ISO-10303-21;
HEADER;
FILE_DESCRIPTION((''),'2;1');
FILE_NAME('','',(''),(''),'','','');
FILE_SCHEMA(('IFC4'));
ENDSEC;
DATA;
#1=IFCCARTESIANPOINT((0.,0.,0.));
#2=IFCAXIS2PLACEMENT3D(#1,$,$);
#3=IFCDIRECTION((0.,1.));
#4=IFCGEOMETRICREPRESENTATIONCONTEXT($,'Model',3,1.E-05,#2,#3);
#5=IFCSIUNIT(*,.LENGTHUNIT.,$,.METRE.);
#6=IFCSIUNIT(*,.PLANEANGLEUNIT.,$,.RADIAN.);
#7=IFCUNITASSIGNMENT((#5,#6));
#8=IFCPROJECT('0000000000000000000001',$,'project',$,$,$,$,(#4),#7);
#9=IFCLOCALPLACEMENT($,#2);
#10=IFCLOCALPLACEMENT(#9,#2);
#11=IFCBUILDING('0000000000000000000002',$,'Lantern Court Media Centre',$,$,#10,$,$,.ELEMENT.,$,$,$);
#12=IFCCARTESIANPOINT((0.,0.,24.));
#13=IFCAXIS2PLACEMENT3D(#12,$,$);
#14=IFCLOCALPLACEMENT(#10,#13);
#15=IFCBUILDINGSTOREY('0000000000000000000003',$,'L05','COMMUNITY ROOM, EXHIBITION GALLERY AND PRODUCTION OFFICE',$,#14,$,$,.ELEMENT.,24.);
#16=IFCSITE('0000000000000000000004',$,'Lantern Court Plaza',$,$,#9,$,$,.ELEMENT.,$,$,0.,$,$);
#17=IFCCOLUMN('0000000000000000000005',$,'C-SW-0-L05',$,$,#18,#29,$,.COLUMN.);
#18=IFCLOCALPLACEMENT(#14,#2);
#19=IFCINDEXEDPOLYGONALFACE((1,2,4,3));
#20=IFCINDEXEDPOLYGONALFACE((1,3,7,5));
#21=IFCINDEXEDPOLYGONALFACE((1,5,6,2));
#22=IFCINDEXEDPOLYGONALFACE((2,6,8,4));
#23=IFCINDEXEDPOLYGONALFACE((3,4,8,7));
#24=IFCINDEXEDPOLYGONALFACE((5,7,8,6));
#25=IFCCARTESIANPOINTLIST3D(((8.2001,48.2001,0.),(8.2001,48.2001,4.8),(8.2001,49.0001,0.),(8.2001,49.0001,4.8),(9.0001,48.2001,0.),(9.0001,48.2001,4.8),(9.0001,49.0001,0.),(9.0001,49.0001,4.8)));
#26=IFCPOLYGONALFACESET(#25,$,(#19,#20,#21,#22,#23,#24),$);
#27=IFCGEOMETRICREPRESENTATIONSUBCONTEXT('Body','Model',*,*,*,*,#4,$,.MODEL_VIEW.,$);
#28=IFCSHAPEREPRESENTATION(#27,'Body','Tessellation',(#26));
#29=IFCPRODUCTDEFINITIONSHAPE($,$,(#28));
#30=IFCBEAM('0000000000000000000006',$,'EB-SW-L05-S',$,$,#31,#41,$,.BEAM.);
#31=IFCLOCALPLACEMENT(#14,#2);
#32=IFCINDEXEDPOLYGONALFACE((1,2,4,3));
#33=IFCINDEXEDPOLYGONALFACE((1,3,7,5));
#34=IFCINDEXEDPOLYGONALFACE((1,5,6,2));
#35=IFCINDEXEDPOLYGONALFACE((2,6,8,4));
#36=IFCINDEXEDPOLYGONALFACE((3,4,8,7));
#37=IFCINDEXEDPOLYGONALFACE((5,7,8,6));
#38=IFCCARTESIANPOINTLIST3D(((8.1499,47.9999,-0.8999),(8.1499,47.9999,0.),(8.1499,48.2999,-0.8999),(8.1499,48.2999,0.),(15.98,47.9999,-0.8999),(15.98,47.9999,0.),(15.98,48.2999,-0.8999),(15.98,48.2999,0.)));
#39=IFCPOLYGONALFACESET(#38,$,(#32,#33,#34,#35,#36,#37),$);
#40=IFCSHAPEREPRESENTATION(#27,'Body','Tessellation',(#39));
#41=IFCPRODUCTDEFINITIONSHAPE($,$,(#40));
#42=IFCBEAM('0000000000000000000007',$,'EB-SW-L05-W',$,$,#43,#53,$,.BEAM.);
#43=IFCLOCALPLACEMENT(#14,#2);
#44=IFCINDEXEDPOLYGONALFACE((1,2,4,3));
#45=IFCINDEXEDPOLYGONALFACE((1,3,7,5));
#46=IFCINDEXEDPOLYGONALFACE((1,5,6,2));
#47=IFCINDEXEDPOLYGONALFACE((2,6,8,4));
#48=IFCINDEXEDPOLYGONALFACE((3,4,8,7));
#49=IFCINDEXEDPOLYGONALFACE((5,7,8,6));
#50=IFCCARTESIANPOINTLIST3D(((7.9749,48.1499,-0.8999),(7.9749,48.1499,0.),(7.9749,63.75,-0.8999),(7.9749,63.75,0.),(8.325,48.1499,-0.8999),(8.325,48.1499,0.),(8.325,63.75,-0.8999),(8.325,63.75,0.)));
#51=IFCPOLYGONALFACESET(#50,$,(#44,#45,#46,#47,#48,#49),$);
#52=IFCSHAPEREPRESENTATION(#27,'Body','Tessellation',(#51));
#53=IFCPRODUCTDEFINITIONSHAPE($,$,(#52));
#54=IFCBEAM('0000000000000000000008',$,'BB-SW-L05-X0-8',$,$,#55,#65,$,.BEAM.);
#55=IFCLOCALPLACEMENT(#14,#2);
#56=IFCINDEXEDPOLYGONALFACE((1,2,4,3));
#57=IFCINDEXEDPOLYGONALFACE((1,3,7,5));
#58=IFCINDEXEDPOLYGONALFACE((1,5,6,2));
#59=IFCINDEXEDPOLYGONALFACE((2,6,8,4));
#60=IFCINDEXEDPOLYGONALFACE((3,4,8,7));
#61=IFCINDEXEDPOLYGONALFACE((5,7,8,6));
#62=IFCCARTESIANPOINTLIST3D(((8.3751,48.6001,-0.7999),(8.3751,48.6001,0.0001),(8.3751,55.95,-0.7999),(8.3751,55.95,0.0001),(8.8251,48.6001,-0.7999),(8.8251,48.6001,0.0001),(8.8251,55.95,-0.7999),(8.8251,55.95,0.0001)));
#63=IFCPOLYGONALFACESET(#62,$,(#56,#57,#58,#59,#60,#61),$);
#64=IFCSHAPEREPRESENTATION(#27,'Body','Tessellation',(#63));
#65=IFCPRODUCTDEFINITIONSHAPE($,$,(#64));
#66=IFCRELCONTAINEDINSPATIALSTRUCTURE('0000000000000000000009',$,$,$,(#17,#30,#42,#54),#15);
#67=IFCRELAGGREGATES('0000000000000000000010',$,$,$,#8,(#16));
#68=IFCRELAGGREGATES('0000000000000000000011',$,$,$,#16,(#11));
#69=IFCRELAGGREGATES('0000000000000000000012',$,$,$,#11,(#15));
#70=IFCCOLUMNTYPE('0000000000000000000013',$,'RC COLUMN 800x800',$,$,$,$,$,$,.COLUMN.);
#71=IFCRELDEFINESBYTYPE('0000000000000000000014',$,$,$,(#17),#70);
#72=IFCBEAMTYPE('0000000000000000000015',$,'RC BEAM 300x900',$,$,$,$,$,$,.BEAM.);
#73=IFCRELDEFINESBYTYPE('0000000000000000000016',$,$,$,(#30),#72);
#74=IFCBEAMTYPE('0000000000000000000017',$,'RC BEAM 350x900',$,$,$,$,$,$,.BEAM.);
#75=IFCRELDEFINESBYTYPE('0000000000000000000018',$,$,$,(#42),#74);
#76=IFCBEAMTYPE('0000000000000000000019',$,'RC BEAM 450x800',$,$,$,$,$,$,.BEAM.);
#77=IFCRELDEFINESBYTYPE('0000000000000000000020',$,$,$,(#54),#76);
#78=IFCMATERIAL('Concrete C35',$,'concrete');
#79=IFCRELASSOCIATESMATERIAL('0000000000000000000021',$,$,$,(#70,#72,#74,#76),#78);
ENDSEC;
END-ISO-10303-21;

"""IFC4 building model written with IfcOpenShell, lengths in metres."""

from ifc_helpers import new_model, si_unit, direction, frame, origin, origin_2d, place, context, subcontext, project, spatial, rectangle, extrude, material, material_profile, profile_set, type_object, element, save


model = new_model("IFC4")

# Units and contexts
model_context = context("Model", 3, precision=1e-05, world=origin(), true_north=direction((0.0, 1.0)))
body_context = subcontext(model_context, "Body", "Model", "MODEL_VIEW")
ifc_project = project(units=[si_unit("LENGTHUNIT", "METRE"), si_unit("PLANEANGLEUNIT", "RADIAN")], contexts=[model_context])

# Site, building, storey
site_placement = place(None, origin())
site = spatial("IfcSite", under=ifc_project, at=site_placement, Name="Lantern Court Plaza", CompositionType="ELEMENT", RefElevation=0.0)
building_placement = place(site_placement, origin())
building = spatial("IfcBuilding", under=site, at=building_placement, Name="Lantern Court Media Centre", CompositionType="ELEMENT")
storey_placement = place(building_placement, frame((0.0, 0.0, 24.0)))
storey = spatial("IfcBuildingStorey", under=building, at=storey_placement, Name="L05", Description="COMMUNITY ROOM, EXHIBITION GALLERY AND PRODUCTION OFFICE", CompositionType="ELEMENT", Elevation=24.0)

# Column
ifc_material_1 = material(Name="Concrete C35", Category="concrete")
ifc_material_profile_1 = material_profile(ifc_material_1, rectangle(XDim=0.8, YDim=0.8, at=origin_2d()), Name="RC 800x800")
ifc_profile_set_1 = profile_set([ifc_material_profile_1], Name="Concrete C35")
column_type = type_object("IfcColumnType", Name="RC COLUMN 800x800", PredefinedType="COLUMN", material=ifc_profile_set_1)
column_placement = place(storey_placement, frame((8.6001, 48.6001, 0.0), z_axis=(0.0, 0.0, 1.0), x_axis=(1.0, 0.0, 0.0)))
element("IfcColumn", 1, at=column_placement, inside=storey, type_object=column_type, Name="C-SW-0-L05", PredefinedType="COLUMN", context=body_context, shape_type="SweptSolid", body=[
    extrude(rectangle(XDim=0.8, YDim=0.8, at=origin_2d()), origin(), (0.0, 0.0, 1.0), 4.8),
])

# Beams
ifc_material_profile_2 = material_profile(ifc_material_1, rectangle(XDim=0.3, YDim=0.8999, at=origin_2d()), Name="RC 300x900")
ifc_profile_set_2 = profile_set([ifc_material_profile_2], Name="Concrete C35")
beam_type_1 = type_object("IfcBeamType", Name="RC BEAM 300x900", PredefinedType="BEAM", material=ifc_profile_set_2)
beam_1_placement = place(storey_placement, frame((8.1499, 48.1499, -0.45), z_axis=(1.0, 0.0, 0.0), x_axis=(0.0, 1.0, 0.0)))
element("IfcBeam", 2, at=beam_1_placement, inside=storey, type_object=beam_type_1, Name="EB-SW-L05-S", PredefinedType="BEAM", context=body_context, shape_type="SweptSolid", body=[
    extrude(rectangle(XDim=0.3, YDim=0.8999, at=origin_2d()), origin(), (0.0, 0.0, 1.0), 7.8301),
])
ifc_material_profile_3 = material_profile(ifc_material_1, rectangle(XDim=0.3501, YDim=0.8999, at=origin_2d()), Name="RC 350x900")
ifc_profile_set_3 = profile_set([ifc_material_profile_3], Name="Concrete C35")
beam_type_2 = type_object("IfcBeamType", Name="RC BEAM 350x900", PredefinedType="BEAM", material=ifc_profile_set_3)
beam_2_placement = place(storey_placement, frame((8.1499, 48.1499, -0.45), z_axis=(0.0, 1.0, 0.0), x_axis=(-1.0, 0.0, 0.0)))
element("IfcBeam", 3, at=beam_2_placement, inside=storey, type_object=beam_type_2, Name="EB-SW-L05-W", PredefinedType="BEAM", context=body_context, shape_type="SweptSolid", body=[
    extrude(rectangle(XDim=0.3501, YDim=0.8999, at=origin_2d()), origin(), (0.0, 0.0, 1.0), 15.6001),
])
ifc_material_profile_4 = material_profile(ifc_material_1, rectangle(XDim=0.45, YDim=0.8, at=origin_2d()), Name="RC 450x800")
ifc_profile_set_4 = profile_set([ifc_material_profile_4], Name="Concrete C35")
beam_type_3 = type_object("IfcBeamType", Name="RC BEAM 450x800", PredefinedType="BEAM", material=ifc_profile_set_4)
beam_3_placement = place(storey_placement, frame((8.6001, 48.6001, -0.3999), z_axis=(0.0, 1.0, 0.0), x_axis=(-1.0, 0.0, 0.0)))
element("IfcBeam", 4, at=beam_3_placement, inside=storey, type_object=beam_type_3, Name="BB-SW-L05-X0-8", PredefinedType="BEAM", context=body_context, shape_type="SweptSolid", body=[
    extrude(rectangle(XDim=0.45, YDim=0.8, at=origin_2d()), origin(), (0.0, 0.0, 1.0), 7.3499),
])

save(model, "model.ifc")
